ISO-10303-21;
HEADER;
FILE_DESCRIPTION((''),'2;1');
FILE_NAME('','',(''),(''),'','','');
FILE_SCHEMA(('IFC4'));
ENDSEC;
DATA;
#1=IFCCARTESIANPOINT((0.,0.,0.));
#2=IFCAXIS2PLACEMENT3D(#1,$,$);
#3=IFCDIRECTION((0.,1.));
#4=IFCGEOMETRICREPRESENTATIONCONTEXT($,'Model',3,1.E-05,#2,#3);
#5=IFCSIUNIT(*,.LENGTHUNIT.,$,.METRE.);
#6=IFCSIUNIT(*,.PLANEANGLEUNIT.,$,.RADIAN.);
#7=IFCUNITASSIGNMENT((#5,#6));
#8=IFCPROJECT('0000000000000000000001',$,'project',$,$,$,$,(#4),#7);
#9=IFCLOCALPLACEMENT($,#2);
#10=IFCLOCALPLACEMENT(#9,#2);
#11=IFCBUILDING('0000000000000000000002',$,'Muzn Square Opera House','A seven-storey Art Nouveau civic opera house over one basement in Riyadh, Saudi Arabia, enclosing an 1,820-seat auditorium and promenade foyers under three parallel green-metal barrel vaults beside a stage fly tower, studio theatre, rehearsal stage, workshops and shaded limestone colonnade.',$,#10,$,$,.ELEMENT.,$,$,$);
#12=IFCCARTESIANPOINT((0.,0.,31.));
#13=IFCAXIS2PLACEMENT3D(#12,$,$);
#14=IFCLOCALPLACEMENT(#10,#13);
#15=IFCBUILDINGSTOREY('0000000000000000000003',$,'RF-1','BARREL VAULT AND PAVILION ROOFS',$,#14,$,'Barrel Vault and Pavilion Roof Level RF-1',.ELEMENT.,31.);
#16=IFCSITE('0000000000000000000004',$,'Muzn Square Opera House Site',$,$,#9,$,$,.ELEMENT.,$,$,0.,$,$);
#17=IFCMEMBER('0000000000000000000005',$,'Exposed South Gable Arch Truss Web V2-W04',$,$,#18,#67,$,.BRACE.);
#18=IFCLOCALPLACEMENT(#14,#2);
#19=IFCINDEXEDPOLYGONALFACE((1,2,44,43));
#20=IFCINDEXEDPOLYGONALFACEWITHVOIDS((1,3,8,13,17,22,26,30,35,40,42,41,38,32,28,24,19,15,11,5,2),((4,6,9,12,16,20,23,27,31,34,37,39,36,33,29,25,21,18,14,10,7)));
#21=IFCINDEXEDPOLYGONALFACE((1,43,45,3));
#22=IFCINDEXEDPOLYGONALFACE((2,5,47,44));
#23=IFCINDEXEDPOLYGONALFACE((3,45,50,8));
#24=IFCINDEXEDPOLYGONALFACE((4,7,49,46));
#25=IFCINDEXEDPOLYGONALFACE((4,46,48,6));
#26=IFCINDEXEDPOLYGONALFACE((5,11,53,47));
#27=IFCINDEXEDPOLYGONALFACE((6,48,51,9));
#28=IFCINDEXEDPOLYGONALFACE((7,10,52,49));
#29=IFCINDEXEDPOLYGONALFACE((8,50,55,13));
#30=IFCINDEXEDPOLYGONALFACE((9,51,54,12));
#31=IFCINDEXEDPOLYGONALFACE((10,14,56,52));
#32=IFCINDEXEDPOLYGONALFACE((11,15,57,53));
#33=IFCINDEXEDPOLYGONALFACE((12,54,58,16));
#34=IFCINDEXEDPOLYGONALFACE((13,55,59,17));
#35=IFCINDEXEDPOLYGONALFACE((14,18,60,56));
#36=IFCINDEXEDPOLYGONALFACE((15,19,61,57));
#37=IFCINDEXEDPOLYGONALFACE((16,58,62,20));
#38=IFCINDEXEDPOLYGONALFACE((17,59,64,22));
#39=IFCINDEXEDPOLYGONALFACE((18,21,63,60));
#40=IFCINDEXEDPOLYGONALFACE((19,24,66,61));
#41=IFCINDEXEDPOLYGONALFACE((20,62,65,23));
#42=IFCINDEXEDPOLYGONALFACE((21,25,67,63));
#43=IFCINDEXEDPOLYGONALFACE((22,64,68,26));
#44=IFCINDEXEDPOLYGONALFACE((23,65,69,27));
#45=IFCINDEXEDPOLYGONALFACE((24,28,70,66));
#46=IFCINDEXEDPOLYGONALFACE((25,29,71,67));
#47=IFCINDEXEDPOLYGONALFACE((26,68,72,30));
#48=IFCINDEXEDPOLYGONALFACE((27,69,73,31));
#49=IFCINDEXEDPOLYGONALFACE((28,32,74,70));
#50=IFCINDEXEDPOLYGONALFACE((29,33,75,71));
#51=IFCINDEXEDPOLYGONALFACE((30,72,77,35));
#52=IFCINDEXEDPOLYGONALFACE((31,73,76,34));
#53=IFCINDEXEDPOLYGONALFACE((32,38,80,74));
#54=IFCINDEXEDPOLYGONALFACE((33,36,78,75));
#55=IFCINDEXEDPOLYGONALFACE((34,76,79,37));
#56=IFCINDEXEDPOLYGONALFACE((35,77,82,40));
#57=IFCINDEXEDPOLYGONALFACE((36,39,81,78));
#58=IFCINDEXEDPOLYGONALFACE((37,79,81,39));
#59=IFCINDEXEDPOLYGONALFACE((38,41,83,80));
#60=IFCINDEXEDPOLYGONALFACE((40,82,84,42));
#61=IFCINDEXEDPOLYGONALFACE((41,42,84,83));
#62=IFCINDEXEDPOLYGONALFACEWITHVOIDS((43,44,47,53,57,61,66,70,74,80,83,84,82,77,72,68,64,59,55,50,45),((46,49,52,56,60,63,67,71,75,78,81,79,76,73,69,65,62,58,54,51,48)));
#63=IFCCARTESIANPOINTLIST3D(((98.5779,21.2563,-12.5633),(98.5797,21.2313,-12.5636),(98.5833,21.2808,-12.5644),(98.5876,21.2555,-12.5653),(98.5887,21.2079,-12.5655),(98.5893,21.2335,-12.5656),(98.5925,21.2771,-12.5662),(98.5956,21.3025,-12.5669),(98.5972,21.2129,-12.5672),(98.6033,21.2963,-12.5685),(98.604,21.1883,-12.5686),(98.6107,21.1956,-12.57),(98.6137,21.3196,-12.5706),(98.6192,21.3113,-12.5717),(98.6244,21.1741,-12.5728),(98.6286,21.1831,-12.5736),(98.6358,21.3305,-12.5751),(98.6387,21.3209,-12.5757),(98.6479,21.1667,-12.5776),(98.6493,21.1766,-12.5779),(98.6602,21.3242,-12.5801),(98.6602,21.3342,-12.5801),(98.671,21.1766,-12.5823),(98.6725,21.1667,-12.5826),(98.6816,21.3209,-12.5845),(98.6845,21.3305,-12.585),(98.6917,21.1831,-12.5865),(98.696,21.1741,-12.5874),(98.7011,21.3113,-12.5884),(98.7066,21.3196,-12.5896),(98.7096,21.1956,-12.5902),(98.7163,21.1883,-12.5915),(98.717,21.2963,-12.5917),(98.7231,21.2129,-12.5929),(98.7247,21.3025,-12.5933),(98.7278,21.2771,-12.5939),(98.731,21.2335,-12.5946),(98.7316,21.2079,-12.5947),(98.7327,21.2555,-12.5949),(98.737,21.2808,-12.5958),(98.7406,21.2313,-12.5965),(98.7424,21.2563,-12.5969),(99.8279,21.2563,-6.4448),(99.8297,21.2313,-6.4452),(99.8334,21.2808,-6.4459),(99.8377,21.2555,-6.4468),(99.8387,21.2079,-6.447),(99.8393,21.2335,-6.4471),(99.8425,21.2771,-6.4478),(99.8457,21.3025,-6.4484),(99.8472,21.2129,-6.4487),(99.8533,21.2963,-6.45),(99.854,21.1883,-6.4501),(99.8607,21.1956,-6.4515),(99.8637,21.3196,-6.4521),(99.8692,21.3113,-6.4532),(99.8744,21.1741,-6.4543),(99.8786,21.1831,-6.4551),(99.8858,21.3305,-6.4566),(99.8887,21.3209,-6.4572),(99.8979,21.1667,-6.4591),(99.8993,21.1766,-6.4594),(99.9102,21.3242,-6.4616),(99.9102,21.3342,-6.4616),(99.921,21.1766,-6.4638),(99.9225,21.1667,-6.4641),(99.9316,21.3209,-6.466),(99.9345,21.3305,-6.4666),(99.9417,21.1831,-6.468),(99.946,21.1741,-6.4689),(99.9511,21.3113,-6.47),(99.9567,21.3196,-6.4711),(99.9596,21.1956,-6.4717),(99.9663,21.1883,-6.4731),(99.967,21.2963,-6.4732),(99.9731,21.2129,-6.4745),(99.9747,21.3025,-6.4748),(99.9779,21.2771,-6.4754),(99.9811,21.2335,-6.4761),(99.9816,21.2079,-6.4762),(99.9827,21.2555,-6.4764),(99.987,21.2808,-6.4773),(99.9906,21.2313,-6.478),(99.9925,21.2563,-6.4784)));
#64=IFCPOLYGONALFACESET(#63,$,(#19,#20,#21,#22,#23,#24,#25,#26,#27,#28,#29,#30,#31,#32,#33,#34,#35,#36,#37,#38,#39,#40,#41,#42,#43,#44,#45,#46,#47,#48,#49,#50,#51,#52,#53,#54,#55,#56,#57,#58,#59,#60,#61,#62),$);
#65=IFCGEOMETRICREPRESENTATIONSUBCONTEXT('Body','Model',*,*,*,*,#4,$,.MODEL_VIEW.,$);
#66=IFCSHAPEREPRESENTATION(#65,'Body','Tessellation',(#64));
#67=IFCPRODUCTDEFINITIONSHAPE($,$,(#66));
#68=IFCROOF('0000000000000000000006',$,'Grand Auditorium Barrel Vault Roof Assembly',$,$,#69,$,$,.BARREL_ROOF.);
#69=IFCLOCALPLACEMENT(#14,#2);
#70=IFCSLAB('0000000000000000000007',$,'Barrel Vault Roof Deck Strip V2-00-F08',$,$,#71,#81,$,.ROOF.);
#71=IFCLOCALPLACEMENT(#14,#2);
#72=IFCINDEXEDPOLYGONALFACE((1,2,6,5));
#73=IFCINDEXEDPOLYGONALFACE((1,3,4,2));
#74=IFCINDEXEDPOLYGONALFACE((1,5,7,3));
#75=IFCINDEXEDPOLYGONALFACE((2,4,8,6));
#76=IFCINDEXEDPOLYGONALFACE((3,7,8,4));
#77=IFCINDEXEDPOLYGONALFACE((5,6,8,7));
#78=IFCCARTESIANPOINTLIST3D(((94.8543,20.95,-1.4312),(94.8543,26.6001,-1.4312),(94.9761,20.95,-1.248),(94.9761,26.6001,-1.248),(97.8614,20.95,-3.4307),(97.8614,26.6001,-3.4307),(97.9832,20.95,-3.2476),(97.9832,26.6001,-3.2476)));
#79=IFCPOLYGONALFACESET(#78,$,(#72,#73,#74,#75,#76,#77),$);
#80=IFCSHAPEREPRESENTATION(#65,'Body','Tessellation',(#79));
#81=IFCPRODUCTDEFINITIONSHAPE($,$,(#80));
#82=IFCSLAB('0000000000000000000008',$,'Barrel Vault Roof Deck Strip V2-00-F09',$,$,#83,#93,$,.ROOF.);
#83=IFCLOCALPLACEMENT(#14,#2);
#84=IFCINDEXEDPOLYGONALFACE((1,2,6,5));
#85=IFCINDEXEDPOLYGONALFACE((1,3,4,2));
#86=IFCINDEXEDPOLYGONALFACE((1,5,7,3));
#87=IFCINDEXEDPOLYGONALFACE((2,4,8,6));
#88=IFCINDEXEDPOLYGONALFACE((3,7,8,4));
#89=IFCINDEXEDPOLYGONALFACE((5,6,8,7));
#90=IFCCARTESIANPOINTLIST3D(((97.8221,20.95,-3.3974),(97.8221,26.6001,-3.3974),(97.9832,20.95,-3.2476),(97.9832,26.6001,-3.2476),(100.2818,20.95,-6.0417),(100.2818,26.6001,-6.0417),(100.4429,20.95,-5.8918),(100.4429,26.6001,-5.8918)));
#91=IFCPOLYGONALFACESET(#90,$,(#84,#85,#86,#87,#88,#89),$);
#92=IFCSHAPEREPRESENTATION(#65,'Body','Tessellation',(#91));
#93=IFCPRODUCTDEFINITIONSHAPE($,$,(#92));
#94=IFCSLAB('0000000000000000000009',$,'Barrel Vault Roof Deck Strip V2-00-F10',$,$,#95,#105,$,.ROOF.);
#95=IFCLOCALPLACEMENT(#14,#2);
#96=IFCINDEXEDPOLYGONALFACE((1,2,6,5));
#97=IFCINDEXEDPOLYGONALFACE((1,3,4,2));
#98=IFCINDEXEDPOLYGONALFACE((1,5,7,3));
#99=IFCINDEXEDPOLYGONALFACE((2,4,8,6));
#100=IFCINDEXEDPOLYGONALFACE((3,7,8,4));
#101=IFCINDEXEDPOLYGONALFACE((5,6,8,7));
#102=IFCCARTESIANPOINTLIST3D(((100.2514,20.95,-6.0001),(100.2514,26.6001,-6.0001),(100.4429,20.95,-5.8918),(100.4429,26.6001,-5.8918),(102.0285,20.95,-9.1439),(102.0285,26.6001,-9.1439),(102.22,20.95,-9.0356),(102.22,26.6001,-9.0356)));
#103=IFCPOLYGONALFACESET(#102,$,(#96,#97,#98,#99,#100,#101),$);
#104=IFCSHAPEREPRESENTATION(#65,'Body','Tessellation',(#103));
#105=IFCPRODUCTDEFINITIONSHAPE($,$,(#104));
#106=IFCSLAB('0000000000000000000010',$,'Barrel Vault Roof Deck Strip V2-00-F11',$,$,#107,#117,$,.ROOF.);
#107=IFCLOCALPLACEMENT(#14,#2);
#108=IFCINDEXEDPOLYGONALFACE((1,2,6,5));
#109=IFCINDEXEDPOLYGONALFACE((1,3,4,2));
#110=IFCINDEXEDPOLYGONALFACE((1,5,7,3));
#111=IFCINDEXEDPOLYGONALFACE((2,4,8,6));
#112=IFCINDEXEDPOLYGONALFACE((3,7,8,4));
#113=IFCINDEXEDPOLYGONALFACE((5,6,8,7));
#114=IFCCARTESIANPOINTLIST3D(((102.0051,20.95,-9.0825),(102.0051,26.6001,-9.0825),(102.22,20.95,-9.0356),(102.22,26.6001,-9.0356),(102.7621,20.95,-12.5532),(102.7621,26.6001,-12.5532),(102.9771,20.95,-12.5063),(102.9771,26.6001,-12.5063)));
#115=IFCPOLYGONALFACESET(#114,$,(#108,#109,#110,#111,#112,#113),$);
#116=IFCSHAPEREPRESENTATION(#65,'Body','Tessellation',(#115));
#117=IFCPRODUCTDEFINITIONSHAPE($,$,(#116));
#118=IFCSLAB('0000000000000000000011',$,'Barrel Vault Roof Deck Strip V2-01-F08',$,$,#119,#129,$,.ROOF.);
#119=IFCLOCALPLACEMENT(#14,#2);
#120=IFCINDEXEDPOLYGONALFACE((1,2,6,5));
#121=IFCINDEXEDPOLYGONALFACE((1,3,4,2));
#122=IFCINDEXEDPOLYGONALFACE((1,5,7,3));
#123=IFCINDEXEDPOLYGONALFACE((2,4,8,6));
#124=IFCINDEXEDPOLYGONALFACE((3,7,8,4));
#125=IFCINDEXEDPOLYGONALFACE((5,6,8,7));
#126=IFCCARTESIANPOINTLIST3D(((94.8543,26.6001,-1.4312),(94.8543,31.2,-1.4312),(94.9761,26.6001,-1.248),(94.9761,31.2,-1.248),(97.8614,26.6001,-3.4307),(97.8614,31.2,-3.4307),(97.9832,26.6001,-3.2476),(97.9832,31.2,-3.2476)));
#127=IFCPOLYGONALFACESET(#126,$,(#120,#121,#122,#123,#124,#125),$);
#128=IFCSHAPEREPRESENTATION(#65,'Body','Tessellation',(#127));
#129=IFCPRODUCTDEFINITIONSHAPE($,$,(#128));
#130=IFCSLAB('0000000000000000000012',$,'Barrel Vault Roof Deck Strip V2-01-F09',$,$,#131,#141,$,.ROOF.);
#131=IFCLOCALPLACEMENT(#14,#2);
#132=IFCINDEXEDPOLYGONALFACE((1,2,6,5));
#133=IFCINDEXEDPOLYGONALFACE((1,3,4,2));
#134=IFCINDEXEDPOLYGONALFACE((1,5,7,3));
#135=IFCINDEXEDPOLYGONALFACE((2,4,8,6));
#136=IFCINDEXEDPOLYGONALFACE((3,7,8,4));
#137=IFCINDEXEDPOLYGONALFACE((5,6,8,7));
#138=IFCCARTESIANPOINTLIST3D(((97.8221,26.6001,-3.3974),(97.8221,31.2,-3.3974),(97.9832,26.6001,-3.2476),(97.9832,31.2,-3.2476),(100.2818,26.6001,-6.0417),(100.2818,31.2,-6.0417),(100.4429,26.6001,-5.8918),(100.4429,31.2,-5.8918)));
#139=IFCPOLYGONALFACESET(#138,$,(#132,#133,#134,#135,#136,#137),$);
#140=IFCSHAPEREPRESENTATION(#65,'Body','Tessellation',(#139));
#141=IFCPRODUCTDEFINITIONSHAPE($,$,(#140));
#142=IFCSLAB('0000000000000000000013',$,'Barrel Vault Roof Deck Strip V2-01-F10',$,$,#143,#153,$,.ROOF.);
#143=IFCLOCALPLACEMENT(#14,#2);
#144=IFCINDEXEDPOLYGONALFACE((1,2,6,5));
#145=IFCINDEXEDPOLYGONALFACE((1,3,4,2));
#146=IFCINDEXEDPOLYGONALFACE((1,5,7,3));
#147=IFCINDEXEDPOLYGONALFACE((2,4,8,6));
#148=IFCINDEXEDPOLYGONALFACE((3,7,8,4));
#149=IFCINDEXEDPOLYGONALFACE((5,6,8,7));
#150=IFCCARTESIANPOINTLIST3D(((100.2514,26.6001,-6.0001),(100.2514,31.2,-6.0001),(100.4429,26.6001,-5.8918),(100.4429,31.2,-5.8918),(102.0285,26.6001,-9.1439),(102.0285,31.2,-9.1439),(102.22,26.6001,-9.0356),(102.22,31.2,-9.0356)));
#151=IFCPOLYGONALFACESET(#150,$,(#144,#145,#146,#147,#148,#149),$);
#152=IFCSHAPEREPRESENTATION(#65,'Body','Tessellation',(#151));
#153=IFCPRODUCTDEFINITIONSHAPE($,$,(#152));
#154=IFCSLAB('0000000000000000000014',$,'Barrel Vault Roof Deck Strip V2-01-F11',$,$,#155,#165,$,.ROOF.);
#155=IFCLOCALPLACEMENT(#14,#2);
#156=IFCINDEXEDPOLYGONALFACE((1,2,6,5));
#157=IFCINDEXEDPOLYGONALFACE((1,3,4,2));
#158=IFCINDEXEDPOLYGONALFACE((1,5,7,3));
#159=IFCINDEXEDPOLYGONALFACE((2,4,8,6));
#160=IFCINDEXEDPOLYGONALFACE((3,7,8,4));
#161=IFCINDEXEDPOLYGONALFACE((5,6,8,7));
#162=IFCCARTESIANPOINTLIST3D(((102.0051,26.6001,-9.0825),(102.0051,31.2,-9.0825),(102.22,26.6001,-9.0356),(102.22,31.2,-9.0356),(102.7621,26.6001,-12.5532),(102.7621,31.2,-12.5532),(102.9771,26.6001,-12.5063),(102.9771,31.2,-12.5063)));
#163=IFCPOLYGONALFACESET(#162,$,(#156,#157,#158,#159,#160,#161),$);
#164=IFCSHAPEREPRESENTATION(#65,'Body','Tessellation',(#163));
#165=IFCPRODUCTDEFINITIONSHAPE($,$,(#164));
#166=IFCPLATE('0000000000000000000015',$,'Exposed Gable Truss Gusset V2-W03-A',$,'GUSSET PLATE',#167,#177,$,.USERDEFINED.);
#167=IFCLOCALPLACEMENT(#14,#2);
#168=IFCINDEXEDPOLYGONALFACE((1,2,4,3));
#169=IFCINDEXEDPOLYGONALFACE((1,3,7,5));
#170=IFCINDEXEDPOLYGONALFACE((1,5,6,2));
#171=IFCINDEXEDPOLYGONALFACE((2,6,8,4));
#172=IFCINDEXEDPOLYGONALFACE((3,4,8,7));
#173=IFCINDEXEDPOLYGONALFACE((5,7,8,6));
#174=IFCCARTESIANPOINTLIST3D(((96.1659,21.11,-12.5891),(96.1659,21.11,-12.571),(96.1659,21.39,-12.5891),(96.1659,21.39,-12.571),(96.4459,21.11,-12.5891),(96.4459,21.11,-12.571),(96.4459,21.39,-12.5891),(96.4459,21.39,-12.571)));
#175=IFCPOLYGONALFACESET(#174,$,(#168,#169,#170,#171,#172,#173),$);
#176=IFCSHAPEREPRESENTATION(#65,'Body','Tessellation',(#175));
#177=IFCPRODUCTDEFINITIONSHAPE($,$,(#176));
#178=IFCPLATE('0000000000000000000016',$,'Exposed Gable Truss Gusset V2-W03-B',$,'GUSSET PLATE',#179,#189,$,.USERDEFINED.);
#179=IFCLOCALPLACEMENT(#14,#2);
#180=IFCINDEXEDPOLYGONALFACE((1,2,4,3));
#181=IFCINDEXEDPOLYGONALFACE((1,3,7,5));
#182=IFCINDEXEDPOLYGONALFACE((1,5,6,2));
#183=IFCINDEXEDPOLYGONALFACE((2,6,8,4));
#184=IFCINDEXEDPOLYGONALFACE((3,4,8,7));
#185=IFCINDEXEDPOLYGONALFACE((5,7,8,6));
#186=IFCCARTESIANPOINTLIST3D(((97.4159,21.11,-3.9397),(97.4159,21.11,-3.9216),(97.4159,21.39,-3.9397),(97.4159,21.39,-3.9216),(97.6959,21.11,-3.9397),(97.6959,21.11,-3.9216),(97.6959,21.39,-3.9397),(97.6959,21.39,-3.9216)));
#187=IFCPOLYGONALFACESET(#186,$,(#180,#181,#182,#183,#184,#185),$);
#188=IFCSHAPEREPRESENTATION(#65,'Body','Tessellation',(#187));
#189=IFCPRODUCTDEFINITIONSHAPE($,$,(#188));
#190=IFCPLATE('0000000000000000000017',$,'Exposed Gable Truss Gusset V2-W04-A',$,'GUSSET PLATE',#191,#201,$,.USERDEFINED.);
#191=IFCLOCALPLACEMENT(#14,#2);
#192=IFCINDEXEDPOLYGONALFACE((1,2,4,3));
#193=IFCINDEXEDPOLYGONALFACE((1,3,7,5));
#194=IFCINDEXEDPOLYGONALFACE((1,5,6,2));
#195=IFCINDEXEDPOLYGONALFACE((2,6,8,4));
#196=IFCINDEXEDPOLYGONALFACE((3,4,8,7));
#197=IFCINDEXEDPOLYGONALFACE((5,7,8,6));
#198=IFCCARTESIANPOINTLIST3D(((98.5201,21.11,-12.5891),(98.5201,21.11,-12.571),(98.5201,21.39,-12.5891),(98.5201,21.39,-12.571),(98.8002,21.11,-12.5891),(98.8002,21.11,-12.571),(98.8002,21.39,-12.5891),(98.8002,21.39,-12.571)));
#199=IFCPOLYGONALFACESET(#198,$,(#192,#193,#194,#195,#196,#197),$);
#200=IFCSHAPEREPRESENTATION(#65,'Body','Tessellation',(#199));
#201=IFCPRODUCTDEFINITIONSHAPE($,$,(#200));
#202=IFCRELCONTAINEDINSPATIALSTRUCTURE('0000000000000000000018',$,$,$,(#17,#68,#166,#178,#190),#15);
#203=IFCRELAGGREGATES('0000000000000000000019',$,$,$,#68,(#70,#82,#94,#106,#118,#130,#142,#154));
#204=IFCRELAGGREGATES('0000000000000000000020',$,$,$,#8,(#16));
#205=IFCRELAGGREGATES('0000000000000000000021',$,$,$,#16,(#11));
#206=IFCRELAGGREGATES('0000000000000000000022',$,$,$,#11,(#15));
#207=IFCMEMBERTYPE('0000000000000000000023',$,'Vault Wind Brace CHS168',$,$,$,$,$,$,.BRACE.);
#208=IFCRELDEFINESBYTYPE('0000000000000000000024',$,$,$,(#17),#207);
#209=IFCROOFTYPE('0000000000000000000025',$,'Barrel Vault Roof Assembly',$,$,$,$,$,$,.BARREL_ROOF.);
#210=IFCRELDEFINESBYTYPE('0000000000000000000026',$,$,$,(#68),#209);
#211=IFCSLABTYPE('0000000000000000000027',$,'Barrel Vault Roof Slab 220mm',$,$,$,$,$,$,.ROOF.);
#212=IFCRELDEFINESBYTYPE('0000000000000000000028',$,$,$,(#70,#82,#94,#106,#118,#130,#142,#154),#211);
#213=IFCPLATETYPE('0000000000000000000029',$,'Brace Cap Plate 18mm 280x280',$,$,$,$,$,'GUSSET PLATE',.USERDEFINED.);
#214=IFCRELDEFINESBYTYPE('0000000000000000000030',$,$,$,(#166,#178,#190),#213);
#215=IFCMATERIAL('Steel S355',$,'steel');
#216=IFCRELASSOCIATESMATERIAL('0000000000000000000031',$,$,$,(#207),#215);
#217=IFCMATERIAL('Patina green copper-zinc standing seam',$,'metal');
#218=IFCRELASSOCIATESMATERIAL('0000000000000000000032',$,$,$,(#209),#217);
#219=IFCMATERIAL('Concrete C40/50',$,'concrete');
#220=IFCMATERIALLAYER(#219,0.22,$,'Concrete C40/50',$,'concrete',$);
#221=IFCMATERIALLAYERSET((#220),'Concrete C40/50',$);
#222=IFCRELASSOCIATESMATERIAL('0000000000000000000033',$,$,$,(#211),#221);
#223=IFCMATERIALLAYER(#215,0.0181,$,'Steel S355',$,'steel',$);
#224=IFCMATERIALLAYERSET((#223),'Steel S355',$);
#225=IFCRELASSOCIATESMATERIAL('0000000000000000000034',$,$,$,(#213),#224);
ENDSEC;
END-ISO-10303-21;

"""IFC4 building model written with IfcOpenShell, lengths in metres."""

from ifc_helpers import new_model, si_unit, direction, frame, origin, origin_2d, place, context, subcontext, project, spatial, polyline, rectangle, hollow_circle, outline, extrude, material, layer, layer_set, material_profile, profile_set, type_object, element, aggregate, save


model = new_model("IFC4")

# Units and contexts
model_context = context("Model", 3, precision=1e-05, world=origin(), true_north=direction((0.0, 1.0)))
body_context = subcontext(model_context, "Body", "Model", "MODEL_VIEW")
ifc_project = project(units=[si_unit("LENGTHUNIT", "METRE"), si_unit("PLANEANGLEUNIT", "RADIAN")], contexts=[model_context])

# Site, building, storey
site_placement = place(None, origin())
site = spatial("IfcSite", under=ifc_project, at=site_placement, Name="Muzn Square Opera House Site", CompositionType="ELEMENT", RefElevation=0.0)
building_placement = place(site_placement, origin())
building = spatial("IfcBuilding", under=site, at=building_placement, Name="Muzn Square Opera House", Description="A seven-storey Art Nouveau civic opera house over one basement in Riyadh, Saudi Arabia, enclosing an 1,820-seat auditorium and promenade foyers under three parallel green-metal barrel vaults beside a stage fly tower, studio theatre, rehearsal stage, workshops and shaded limestone colonnade.", CompositionType="ELEMENT")
storey_placement = place(building_placement, frame((0.0, 0.0, 31.0)))
storey = spatial("IfcBuildingStorey", under=building, at=storey_placement, Name="RF-1", Description="BARREL VAULT AND PAVILION ROOFS", LongName="Barrel Vault and Pavilion Roof Level RF-1", CompositionType="ELEMENT", Elevation=31.0)

# Shared definitions
ifc_material_1 = material(Name="Steel S355", Category="steel")

# Member
ifc_material_profile_1 = material_profile(ifc_material_1, hollow_circle(Radius=0.0842, WallThickness=0.01, at=origin_2d()), Name="CHS 168.3x10", Category="steel")
ifc_profile_set_1 = profile_set([ifc_material_profile_1], Name="Steel S355")
member_type = type_object("IfcMemberType", Name="Vault Wind Brace CHS168", PredefinedType="BRACE", material=ifc_profile_set_1)
member_1_placement = place(storey_placement, frame((98.6602, 21.25, -12.5801), z_axis=(0.200167, 0.0, 0.979762), x_axis=(0.0, 1.0, 0.0)))
element("IfcMember", 1, at=member_1_placement, inside=storey, type_object=member_type, Name="Exposed South Gable Arch Truss Web V2-W04", PredefinedType="BRACE", context=body_context, shape_type="SweptSolid", body=[
    extrude(hollow_circle(Radius=0.0842, WallThickness=0.01, at=origin_2d()), origin(), (0.0, 0.0, 1.0), 6.2449),
])

# Roof, slabs
ifc_material_2 = material(Name="Patina green copper-zinc standing seam", Category="metal")
roof_type = type_object("IfcRoofType", Name="Barrel Vault Roof Assembly", PredefinedType="BARREL_ROOF", material=ifc_material_2)
roof_placement = place(storey_placement, origin())
roof = element("IfcRoof", 2, at=roof_placement, inside=storey, type_object=roof_type, Name="Grand Auditorium Barrel Vault Roof Assembly", PredefinedType="BARREL_ROOF")
ifc_material_3 = material(Name="Concrete C40/50", Category="concrete")
ifc_layer_1 = layer(ifc_material_3, 0.22, Name="Concrete C40/50", Category="concrete")
ifc_layer_set_1 = layer_set([ifc_layer_1], Name="Concrete C40/50")
slab_type = type_object("IfcSlabType", Name="Barrel Vault Roof Slab 220mm", PredefinedType="ROOF", material=ifc_layer_set_1)
slab_1_placement = place(storey_placement, frame((94.9761, 20.95, -1.248), z_axis=(0.553701, 0.0, 0.832715), x_axis=(0.832715, 0.0, -0.553701)))
slab_1 = element("IfcSlab", 3, at=slab_1_placement, type_object=slab_type, Name="Barrel Vault Roof Deck Strip V2-00-F08", PredefinedType="ROOF", context=body_context, shape_type="SweptSolid", body=[
    extrude(outline(polyline([(0.0, 0.0), (3.6112, 0.0), (3.6112, 5.6501), (0.0, 5.6501), (0.0, 0.0)])), origin(), (0.0, 0.0, -1.0), 0.22),
])
slab_2_placement = place(storey_placement, frame((97.9832, 20.95, -3.2476), z_axis=(0.732198, 0.0, 0.681091), x_axis=(0.681091, 0.0, -0.732198)))
slab_2 = element("IfcSlab", 4, at=slab_2_placement, type_object=slab_type, Name="Barrel Vault Roof Deck Strip V2-00-F09", PredefinedType="ROOF", context=body_context, shape_type="SweptSolid", body=[
    extrude(outline(polyline([(0.0, 0.0), (3.6114, 0.0), (3.6114, 5.6501), (0.0, 5.6501), (0.0, 0.0)])), origin(), (0.0, 0.0, -1.0), 0.22),
])
slab_3_placement = place(storey_placement, frame((100.4429, 20.95, -5.8918), z_axis=(0.870543, 0.0, 0.492093), x_axis=(0.492093, 0.0, -0.870543)))
slab_3 = element("IfcSlab", 5, at=slab_3_placement, type_object=slab_type, Name="Barrel Vault Roof Deck Strip V2-00-F10", PredefinedType="ROOF", context=body_context, shape_type="SweptSolid", body=[
    extrude(outline(polyline([(0.0, 0.0), (3.6113, 0.0), (3.6113, 5.6501), (0.0, 5.6501), (0.0, 0.0)])), origin(), (0.0, 0.0, -1.0), 0.22),
])
slab_4_placement = place(storey_placement, frame((102.22, 20.95, -9.0356), z_axis=(0.977025, 0.0, 0.213123), x_axis=(0.213123, 0.0, -0.977025)))
slab_4 = element("IfcSlab", 6, at=slab_4_placement, type_object=slab_type, Name="Barrel Vault Roof Deck Strip V2-00-F11", PredefinedType="ROOF", context=body_context, shape_type="SweptSolid", body=[
    extrude(outline(polyline([(0.0, 0.0), (3.5523, 0.0), (3.5523, 5.6501), (0.0, 5.6501), (0.0, 0.0)])), origin(), (0.0, 0.0, -1.0), 0.22),
])
slab_5_placement = place(storey_placement, frame((94.9761, 26.6001, -1.248), z_axis=(0.553701, 0.0, 0.832715), x_axis=(0.832715, 0.0, -0.553701)))
slab_5 = element("IfcSlab", 7, at=slab_5_placement, type_object=slab_type, Name="Barrel Vault Roof Deck Strip V2-01-F08", PredefinedType="ROOF", context=body_context, shape_type="SweptSolid", body=[
    extrude(outline(polyline([(0.0, 0.0), (3.6112, 0.0), (3.6112, 4.5999), (0.0, 4.5999), (0.0, 0.0)])), origin(), (0.0, 0.0, -1.0), 0.22),
])
slab_6_placement = place(storey_placement, frame((97.9832, 26.6001, -3.2476), z_axis=(0.732198, 0.0, 0.681091), x_axis=(0.681091, 0.0, -0.732198)))
slab_6 = element("IfcSlab", 8, at=slab_6_placement, type_object=slab_type, Name="Barrel Vault Roof Deck Strip V2-01-F09", PredefinedType="ROOF", context=body_context, shape_type="SweptSolid", body=[
    extrude(outline(polyline([(0.0, 0.0), (3.6114, 0.0), (3.6114, 4.5999), (0.0, 4.5999), (0.0, 0.0)])), origin(), (0.0, 0.0, -1.0), 0.22),
])
slab_7_placement = place(storey_placement, frame((100.4429, 26.6001, -5.8918), z_axis=(0.870543, 0.0, 0.492093), x_axis=(0.492093, 0.0, -0.870543)))
slab_7 = element("IfcSlab", 9, at=slab_7_placement, type_object=slab_type, Name="Barrel Vault Roof Deck Strip V2-01-F10", PredefinedType="ROOF", context=body_context, shape_type="SweptSolid", body=[
    extrude(outline(polyline([(0.0, 0.0), (3.6113, 0.0), (3.6113, 4.5999), (0.0, 4.5999), (0.0, 0.0)])), origin(), (0.0, 0.0, -1.0), 0.22),
])
slab_8_placement = place(storey_placement, frame((102.22, 26.6001, -9.0356), z_axis=(0.977025, 0.0, 0.213123), x_axis=(0.213123, 0.0, -0.977025)))
slab_8 = element("IfcSlab", 10, at=slab_8_placement, type_object=slab_type, Name="Barrel Vault Roof Deck Strip V2-01-F11", PredefinedType="ROOF", context=body_context, shape_type="SweptSolid", body=[
    extrude(outline(polyline([(0.0, 0.0), (3.5523, 0.0), (3.5523, 4.5999), (0.0, 4.5999), (0.0, 0.0)])), origin(), (0.0, 0.0, -1.0), 0.22),
])
aggregate(roof, [slab_1, slab_2, slab_3, slab_4, slab_5, slab_6, slab_7, slab_8])

# Plates
ifc_layer_2 = layer(ifc_material_1, 0.0181, Name="Steel S355", Category="steel")
ifc_layer_set_2 = layer_set([ifc_layer_2], Name="Steel S355")
plate_type = type_object("IfcPlateType", Name="Brace Cap Plate 18mm 280x280", ElementType="GUSSET PLATE", PredefinedType="USERDEFINED", material=ifc_layer_set_2)
for number, where, z_axis, x_axis, name in (
    (11, (96.3059, 21.25, -12.5891), (0.0, 0.0, 1.0), (1.0, 0.0, 0.0), "Exposed Gable Truss Gusset V2-W03-A"),
    (12, (97.5559, 21.25, -3.9397), (0.0, 0.0, 1.0), (1.0, 0.0, 0.0), "Exposed Gable Truss Gusset V2-W03-B"),
    (13, (98.6602, 21.25, -12.5891), (0.0, 0.0, 1.0), (1.0, 0.0, 0.0), "Exposed Gable Truss Gusset V2-W04-A"),
):
    element("IfcPlate", number, at=place(storey_placement, frame(where, z_axis=z_axis, x_axis=x_axis)), inside=storey, type_object=plate_type, Name=name, ObjectType="GUSSET PLATE", PredefinedType="USERDEFINED", context=body_context, shape_type="SweptSolid", body=[
        extrude(rectangle(XDim=0.28, YDim=0.28, at=origin_2d()), origin(), (0.0, 0.0, 1.0), 0.0181),
    ])

save(model, "model.ifc")
